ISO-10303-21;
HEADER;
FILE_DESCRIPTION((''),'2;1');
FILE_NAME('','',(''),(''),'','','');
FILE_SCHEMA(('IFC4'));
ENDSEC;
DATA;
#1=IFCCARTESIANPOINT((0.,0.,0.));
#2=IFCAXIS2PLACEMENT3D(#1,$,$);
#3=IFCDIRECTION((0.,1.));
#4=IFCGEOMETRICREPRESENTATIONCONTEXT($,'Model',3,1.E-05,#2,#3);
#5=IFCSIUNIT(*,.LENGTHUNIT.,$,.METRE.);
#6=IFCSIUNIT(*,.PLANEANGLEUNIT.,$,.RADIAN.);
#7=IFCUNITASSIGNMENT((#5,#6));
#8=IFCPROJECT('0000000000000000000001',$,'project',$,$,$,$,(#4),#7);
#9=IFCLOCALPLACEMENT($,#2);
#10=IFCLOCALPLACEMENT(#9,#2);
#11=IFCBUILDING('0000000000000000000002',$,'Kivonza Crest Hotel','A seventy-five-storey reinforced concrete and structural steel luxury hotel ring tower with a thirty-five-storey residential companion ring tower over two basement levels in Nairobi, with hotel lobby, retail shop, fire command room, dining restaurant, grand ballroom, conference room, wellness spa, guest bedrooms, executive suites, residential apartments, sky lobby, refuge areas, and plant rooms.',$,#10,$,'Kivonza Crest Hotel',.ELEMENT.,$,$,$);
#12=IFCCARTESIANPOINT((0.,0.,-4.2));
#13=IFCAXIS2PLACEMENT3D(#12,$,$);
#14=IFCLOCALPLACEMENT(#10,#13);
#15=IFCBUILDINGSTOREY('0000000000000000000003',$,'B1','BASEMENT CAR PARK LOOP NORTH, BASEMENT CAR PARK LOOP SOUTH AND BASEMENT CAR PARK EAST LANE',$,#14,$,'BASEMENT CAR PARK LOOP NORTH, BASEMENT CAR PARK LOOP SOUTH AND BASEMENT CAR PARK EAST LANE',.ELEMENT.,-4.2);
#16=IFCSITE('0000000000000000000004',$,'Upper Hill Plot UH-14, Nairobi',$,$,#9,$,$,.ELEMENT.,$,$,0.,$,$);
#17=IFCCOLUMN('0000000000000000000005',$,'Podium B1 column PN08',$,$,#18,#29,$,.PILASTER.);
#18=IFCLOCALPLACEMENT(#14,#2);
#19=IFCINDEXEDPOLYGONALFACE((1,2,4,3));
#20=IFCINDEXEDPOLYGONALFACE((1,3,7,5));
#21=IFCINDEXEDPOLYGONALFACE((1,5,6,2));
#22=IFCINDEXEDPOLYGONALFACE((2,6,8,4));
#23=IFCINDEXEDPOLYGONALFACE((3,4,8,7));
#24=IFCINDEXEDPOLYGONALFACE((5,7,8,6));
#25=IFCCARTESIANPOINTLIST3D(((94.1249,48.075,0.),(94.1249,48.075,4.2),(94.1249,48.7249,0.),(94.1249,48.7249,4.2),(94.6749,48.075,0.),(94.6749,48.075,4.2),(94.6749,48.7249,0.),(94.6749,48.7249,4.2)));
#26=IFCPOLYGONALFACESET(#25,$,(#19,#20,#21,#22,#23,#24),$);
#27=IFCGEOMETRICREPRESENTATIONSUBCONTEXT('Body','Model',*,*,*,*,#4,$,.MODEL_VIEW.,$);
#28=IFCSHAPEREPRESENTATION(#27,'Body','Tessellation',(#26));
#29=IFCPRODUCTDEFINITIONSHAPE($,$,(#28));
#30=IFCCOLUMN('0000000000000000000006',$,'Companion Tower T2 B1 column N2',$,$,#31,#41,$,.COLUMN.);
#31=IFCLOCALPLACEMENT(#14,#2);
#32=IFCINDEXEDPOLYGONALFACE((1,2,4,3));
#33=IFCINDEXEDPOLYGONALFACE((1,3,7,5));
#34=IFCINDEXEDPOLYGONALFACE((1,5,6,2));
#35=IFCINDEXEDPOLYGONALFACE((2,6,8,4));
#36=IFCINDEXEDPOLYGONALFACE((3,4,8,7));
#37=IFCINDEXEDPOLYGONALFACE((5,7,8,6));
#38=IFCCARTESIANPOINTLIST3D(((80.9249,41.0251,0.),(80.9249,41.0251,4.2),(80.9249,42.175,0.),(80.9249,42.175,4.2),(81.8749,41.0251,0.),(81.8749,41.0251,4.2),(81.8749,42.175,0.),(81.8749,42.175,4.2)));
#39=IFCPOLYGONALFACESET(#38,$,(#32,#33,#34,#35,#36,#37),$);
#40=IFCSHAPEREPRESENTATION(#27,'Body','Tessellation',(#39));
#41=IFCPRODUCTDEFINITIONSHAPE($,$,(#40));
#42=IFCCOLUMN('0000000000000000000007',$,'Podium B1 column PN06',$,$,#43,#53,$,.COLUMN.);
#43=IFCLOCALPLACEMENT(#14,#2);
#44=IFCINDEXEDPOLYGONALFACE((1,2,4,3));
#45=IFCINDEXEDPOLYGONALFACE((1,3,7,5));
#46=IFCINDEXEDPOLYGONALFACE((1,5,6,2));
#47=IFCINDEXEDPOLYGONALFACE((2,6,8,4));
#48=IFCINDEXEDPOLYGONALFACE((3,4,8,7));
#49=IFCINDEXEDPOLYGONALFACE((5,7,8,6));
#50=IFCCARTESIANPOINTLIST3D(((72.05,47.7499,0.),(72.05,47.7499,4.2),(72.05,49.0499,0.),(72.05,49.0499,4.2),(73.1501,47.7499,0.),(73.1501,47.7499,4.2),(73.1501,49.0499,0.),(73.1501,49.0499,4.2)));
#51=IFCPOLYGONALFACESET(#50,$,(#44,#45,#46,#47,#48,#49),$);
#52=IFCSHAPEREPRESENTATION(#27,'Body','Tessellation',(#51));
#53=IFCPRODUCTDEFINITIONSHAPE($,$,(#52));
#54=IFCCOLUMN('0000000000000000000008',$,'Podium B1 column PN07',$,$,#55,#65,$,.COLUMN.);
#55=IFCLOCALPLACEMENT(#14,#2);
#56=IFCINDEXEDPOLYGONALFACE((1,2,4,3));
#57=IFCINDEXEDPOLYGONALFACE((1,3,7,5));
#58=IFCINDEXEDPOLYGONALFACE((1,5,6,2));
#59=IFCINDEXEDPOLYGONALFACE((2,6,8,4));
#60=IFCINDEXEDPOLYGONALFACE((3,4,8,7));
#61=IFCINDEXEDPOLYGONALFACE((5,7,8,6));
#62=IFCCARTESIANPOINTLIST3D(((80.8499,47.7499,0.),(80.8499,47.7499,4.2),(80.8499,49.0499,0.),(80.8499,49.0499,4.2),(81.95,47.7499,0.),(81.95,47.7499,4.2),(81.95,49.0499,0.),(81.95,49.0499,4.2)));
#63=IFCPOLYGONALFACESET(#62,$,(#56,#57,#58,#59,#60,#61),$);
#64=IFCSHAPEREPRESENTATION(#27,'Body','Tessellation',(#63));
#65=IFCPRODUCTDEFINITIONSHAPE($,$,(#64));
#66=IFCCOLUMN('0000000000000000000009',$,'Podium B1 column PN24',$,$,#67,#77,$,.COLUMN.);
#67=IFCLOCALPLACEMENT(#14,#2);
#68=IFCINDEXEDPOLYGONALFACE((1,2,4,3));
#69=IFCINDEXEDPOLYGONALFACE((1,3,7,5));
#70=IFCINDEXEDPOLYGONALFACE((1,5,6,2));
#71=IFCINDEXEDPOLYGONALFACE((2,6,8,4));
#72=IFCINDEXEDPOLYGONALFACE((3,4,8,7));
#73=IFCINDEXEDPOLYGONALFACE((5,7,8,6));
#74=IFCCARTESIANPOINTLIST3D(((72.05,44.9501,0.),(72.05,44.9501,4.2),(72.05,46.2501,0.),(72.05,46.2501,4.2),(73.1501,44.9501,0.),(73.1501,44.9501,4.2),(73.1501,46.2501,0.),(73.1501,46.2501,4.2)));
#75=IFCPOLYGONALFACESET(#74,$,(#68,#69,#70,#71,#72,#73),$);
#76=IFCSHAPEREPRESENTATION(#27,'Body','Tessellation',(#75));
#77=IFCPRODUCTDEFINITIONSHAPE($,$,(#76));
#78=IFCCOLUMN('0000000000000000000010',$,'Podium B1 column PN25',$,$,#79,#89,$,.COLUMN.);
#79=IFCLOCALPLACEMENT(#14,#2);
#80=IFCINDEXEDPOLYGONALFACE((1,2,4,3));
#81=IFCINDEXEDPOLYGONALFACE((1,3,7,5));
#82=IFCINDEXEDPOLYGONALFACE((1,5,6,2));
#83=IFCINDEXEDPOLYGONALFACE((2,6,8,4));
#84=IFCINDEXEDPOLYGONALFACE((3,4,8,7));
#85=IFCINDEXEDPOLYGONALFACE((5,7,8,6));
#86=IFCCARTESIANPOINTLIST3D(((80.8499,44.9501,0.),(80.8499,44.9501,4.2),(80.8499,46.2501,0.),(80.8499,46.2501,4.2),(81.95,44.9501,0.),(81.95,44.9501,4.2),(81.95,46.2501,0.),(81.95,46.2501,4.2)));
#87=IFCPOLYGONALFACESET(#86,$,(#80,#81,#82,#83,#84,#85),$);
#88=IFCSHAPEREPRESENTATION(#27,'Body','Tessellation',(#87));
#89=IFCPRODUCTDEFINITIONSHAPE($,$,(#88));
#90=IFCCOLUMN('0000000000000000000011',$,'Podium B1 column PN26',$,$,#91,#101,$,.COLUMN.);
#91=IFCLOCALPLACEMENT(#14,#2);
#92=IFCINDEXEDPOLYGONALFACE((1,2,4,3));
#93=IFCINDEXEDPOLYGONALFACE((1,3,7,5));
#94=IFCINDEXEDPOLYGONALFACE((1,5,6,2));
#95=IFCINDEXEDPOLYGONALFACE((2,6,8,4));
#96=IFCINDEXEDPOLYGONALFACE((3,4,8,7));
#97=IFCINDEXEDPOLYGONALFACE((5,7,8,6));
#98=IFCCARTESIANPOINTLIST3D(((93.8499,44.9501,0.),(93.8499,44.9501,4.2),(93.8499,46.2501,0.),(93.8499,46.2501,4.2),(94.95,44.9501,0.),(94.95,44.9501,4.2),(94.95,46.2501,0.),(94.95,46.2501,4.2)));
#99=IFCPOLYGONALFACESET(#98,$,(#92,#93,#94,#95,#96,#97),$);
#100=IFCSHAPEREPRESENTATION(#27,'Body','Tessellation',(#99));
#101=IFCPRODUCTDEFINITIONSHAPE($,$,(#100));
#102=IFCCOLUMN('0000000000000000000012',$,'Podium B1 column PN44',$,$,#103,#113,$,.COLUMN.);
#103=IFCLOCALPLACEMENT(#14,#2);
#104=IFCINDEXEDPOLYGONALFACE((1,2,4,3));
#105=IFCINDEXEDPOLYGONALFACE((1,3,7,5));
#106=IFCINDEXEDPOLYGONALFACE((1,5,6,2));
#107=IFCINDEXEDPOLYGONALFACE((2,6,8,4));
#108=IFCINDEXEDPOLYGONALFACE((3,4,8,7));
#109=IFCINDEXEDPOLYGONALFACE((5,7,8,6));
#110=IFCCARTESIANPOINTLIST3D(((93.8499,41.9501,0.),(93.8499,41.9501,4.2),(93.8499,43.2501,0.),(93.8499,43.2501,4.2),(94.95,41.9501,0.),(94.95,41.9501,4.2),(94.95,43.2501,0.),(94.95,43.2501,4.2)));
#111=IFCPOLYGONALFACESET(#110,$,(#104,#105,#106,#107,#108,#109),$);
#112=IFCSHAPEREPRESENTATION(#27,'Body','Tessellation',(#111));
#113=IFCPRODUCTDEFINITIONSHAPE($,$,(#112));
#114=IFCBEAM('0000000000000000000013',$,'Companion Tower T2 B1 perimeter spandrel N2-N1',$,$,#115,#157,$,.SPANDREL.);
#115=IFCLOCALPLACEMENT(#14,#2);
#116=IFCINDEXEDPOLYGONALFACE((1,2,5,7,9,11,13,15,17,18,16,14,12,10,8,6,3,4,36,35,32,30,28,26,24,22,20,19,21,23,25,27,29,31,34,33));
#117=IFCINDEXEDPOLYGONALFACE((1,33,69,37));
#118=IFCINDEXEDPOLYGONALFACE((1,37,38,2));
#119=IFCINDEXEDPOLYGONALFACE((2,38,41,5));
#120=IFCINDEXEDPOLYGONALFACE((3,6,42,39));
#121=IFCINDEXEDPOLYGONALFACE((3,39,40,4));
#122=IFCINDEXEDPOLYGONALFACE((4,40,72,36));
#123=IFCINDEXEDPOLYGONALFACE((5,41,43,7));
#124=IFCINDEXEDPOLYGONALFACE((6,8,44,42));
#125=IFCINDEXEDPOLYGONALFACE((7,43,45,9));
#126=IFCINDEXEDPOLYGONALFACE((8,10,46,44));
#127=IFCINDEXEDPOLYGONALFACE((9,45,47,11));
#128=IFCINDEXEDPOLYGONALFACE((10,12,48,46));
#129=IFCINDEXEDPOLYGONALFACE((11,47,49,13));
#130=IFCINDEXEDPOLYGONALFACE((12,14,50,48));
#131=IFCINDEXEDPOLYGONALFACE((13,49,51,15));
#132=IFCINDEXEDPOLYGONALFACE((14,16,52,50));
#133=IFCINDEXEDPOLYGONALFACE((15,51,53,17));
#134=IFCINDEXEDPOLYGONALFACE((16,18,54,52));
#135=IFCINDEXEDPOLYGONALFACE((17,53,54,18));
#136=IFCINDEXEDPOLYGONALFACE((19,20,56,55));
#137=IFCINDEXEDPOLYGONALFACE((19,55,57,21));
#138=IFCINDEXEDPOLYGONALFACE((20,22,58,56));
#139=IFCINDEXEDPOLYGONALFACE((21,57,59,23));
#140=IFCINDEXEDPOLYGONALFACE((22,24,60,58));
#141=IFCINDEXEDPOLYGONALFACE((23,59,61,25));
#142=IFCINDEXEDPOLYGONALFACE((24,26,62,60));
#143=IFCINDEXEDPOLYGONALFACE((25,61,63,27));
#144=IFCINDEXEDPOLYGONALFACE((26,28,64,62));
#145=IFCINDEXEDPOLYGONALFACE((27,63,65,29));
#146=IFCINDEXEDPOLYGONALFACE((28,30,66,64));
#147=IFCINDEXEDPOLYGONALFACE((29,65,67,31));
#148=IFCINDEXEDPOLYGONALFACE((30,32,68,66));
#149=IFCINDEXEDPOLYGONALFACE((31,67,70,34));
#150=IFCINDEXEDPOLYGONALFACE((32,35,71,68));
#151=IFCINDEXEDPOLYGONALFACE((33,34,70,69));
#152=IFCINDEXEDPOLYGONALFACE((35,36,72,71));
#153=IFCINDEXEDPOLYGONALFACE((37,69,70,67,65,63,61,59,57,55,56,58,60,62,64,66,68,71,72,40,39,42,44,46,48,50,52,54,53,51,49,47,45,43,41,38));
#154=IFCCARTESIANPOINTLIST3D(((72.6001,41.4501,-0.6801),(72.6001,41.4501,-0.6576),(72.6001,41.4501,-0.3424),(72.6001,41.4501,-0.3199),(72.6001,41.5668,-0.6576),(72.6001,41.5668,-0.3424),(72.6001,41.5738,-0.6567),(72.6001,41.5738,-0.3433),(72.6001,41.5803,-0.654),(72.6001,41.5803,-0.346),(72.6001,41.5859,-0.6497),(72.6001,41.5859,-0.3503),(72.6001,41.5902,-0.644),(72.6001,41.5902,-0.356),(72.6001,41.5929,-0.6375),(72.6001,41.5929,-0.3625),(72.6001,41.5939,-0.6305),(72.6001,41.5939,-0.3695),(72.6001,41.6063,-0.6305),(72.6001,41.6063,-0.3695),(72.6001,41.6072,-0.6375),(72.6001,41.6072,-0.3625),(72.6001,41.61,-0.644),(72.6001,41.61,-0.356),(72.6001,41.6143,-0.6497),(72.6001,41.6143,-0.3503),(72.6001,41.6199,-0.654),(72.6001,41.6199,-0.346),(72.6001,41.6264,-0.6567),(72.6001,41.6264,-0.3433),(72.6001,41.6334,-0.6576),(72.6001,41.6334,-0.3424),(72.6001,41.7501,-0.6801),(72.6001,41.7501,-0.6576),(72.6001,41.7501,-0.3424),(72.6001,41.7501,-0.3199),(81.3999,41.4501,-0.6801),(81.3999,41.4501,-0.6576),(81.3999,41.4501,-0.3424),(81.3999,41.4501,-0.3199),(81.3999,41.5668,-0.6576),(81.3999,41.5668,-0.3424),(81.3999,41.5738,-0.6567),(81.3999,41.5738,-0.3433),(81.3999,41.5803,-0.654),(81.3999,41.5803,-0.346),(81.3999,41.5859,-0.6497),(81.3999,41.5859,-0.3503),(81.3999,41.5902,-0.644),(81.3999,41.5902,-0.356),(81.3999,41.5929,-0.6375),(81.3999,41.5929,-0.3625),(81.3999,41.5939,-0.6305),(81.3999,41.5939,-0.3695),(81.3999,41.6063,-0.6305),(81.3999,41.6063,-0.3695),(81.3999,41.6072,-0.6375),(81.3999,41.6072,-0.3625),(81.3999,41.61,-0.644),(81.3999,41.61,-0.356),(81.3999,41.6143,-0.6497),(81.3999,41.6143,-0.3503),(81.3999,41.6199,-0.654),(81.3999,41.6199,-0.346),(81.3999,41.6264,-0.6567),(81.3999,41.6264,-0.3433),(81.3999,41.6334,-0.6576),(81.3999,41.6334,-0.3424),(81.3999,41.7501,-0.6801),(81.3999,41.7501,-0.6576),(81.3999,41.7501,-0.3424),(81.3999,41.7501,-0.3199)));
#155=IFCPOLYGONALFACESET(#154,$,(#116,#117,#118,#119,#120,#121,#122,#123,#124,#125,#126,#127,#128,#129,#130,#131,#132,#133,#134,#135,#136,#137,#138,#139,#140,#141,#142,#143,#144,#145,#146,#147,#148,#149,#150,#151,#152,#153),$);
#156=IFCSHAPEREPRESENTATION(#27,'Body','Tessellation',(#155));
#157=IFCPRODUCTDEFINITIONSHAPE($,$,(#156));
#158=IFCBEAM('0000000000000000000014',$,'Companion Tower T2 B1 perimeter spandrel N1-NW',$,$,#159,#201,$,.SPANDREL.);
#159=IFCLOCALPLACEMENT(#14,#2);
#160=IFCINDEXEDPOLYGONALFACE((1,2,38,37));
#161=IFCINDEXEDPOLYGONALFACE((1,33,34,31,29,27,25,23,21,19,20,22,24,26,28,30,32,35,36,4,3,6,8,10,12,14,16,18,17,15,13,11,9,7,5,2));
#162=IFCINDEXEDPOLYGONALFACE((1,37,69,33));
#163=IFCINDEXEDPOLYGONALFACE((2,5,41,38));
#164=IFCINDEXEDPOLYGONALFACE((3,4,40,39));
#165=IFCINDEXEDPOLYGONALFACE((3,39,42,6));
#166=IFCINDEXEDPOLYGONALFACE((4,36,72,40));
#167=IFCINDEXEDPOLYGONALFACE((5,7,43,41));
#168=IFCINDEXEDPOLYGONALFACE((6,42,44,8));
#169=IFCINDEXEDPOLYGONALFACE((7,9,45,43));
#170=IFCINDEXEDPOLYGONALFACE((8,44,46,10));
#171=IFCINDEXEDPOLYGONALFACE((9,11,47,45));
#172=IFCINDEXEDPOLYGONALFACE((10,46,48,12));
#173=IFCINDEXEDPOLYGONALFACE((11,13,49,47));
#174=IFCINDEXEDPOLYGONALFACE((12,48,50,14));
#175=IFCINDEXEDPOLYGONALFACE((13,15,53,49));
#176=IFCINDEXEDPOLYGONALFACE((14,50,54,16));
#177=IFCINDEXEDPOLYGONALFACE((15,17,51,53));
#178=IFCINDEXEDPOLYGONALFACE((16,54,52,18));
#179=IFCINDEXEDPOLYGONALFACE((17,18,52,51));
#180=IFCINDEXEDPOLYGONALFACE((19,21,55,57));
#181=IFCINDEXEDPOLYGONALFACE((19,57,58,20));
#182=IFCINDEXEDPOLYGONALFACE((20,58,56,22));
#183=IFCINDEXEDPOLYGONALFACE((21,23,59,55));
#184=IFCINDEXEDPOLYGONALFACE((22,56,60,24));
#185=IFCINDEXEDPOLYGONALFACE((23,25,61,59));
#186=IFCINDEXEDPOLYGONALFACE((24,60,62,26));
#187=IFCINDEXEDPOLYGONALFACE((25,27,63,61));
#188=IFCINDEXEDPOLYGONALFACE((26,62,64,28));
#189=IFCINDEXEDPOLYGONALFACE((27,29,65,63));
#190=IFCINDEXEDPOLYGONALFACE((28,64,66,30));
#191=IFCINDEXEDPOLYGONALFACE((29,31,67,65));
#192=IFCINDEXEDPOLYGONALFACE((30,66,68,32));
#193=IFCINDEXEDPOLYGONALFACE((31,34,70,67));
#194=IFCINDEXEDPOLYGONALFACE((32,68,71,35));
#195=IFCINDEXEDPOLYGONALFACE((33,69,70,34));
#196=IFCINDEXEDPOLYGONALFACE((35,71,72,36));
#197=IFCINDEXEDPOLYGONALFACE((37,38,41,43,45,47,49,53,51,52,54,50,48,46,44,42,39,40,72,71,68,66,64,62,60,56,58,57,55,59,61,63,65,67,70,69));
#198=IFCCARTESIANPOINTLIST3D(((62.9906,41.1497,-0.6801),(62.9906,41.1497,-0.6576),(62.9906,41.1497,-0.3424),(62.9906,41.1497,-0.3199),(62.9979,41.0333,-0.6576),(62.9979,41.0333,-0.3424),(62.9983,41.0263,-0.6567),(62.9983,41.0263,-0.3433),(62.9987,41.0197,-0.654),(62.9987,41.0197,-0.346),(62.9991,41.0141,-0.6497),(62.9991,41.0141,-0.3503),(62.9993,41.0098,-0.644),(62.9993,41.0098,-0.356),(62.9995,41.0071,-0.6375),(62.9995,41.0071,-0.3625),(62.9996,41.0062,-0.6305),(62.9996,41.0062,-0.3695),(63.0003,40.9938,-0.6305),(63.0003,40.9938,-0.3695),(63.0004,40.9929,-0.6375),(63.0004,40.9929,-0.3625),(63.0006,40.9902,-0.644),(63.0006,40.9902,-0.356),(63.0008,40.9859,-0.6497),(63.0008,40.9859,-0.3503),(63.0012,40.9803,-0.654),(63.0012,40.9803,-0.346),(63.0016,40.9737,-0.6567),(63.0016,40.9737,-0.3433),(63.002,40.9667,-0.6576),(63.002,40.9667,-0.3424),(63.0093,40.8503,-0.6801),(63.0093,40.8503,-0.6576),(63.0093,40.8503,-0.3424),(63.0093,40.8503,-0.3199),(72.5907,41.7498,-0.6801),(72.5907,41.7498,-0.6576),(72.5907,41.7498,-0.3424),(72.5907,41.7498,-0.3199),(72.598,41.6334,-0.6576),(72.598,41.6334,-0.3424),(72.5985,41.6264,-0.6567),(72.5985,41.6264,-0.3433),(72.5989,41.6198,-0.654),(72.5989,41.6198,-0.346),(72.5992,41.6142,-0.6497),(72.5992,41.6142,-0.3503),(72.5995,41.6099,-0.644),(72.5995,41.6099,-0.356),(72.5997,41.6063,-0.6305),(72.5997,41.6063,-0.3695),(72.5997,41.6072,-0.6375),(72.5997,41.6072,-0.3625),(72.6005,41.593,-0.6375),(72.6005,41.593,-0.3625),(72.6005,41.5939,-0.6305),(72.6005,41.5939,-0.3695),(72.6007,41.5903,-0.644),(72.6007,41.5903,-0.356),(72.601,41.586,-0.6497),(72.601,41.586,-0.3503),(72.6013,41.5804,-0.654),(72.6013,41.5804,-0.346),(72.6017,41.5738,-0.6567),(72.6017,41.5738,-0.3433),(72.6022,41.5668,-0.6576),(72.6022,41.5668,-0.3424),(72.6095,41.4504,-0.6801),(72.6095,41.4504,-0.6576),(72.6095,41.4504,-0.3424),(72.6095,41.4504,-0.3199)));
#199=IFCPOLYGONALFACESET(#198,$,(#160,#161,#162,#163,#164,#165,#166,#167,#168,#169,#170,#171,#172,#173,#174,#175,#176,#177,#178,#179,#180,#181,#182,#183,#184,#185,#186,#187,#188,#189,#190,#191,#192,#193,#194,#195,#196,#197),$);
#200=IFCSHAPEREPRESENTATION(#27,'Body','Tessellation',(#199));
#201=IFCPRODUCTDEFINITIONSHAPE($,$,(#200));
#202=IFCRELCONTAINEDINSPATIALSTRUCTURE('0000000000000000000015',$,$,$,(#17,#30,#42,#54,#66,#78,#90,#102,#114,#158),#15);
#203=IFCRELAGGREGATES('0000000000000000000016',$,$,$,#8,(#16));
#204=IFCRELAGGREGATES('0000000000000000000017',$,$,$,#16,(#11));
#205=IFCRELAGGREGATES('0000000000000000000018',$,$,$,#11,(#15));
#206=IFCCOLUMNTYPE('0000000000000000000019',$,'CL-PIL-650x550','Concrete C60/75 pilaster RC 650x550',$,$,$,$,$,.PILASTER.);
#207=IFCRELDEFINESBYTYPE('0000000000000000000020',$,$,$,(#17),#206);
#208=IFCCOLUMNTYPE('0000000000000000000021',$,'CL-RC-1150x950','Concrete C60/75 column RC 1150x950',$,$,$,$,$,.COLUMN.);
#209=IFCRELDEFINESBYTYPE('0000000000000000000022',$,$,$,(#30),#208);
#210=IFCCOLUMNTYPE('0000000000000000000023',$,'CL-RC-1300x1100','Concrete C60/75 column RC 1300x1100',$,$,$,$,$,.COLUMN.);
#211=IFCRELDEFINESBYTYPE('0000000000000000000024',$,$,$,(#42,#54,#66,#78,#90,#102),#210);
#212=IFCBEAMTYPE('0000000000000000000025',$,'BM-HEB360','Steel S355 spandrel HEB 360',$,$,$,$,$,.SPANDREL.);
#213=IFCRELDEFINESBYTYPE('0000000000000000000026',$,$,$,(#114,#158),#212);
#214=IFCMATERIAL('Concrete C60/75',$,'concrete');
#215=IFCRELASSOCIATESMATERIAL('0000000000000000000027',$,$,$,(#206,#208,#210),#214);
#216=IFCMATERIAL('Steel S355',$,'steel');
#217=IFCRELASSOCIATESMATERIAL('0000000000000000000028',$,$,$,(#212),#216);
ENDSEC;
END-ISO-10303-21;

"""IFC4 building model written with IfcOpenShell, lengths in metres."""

from ifc_helpers import new_model, si_unit, direction, frame, origin, origin_2d, place, context, subcontext, project, spatial, rectangle, i_section, extrude, material, material_profile, profile_set, type_object, element, save


model = new_model("IFC4")

# Units and contexts
model_context = context("Model", 3, precision=1e-05, world=origin(), true_north=direction((0.0, 1.0)))
body_context = subcontext(model_context, "Body", "Model", "MODEL_VIEW")
ifc_project = project(units=[si_unit("LENGTHUNIT", "METRE"), si_unit("PLANEANGLEUNIT", "RADIAN")], contexts=[model_context])

# Site, building, storey
site_placement = place(None, origin())
site = spatial("IfcSite", under=ifc_project, at=site_placement, Name="Upper Hill Plot UH-14, Nairobi", CompositionType="ELEMENT", RefElevation=0.0)
building_placement = place(site_placement, origin())
building = spatial("IfcBuilding", under=site, at=building_placement, Name="Kivonza Crest Hotel", Description="A seventy-five-storey reinforced concrete and structural steel luxury hotel ring tower with a thirty-five-storey residential companion ring tower over two basement levels in Nairobi, with hotel lobby, retail shop, fire command room, dining restaurant, grand ballroom, conference room, wellness spa, guest bedrooms, executive suites, residential apartments, sky lobby, refuge areas, and plant rooms.", LongName="Kivonza Crest Hotel", CompositionType="ELEMENT")
storey_placement = place(building_placement, frame((0.0, 0.0, -4.2)))
storey = spatial("IfcBuildingStorey", under=building, at=storey_placement, Name="B1", Description="BASEMENT CAR PARK LOOP NORTH, BASEMENT CAR PARK LOOP SOUTH AND BASEMENT CAR PARK EAST LANE", LongName="BASEMENT CAR PARK LOOP NORTH, BASEMENT CAR PARK LOOP SOUTH AND BASEMENT CAR PARK EAST LANE", CompositionType="ELEMENT", Elevation=-4.2)

# Columns
ifc_material_1 = material(Name="Concrete C60/75", Category="concrete")
ifc_material_profile_1 = material_profile(ifc_material_1, rectangle(XDim=0.55, YDim=0.6499, at=origin_2d()), Name="RC 650x550")
ifc_profile_set_1 = profile_set([ifc_material_profile_1], Name="Concrete C60/75")
column_type_1 = type_object("IfcColumnType", Name="CL-PIL-650x550", Description="Concrete C60/75 pilaster RC 650x550", PredefinedType="PILASTER", material=ifc_profile_set_1)
column_1_placement = place(storey_placement, frame((94.3999, 48.3999, 0.0), z_axis=(0.0, 0.0, 1.0), x_axis=(1.0, 0.0, 0.0)))
element("IfcColumn", 1, at=column_1_placement, inside=storey, type_object=column_type_1, Name="Podium B1 column PN08", PredefinedType="PILASTER", context=body_context, shape_type="SweptSolid", body=[
    extrude(rectangle(XDim=0.55, YDim=0.6499, at=origin_2d()), origin(), (0.0, 0.0, 1.0), 4.2),
])
ifc_material_profile_2 = material_profile(ifc_material_1, rectangle(XDim=0.95, YDim=1.1499, at=origin_2d()), Name="RC 1150x950")
ifc_profile_set_2 = profile_set([ifc_material_profile_2], Name="Concrete C60/75")
column_type_2 = type_object("IfcColumnType", Name="CL-RC-1150x950", Description="Concrete C60/75 column RC 1150x950", PredefinedType="COLUMN", material=ifc_profile_set_2)
column_2_placement = place(storey_placement, frame((81.3999, 41.6001, 0.0), z_axis=(0.0, 0.0, 1.0), x_axis=(1.0, 0.0, 0.0)))
element("IfcColumn", 2, at=column_2_placement, inside=storey, type_object=column_type_2, Name="Companion Tower T2 B1 column N2", PredefinedType="COLUMN", context=body_context, shape_type="SweptSolid", body=[
    extrude(rectangle(XDim=0.95, YDim=1.1499, at=origin_2d()), origin(), (0.0, 0.0, 1.0), 4.2),
])
ifc_material_profile_3 = material_profile(ifc_material_1, rectangle(XDim=1.1001, YDim=1.3, at=origin_2d()), Name="RC 1300x1100")
ifc_profile_set_3 = profile_set([ifc_material_profile_3], Name="Concrete C60/75")
column_type_3 = type_object("IfcColumnType", Name="CL-RC-1300x1100", Description="Concrete C60/75 column RC 1300x1100", PredefinedType="COLUMN", material=ifc_profile_set_3)
for number, where, z_axis, x_axis, name in (
    (3, (72.6001, 48.3999, 0.0), (0.0, 0.0, 1.0), (1.0, 0.0, 0.0), "Podium B1 column PN06"),
    (4, (81.3999, 48.3999, 0.0), (0.0, 0.0, 1.0), (1.0, 0.0, 0.0), "Podium B1 column PN07"),
    (5, (72.6001, 45.6001, 0.0), (0.0, 0.0, 1.0), (1.0, 0.0, 0.0), "Podium B1 column PN24"),
    (6, (81.3999, 45.6001, 0.0), (0.0, 0.0, 1.0), (1.0, 0.0, 0.0), "Podium B1 column PN25"),
    (7, (94.3999, 45.6001, 0.0), (0.0, 0.0, 1.0), (1.0, 0.0, 0.0), "Podium B1 column PN26"),
    (8, (94.3999, 42.6001, 0.0), (0.0, 0.0, 1.0), (1.0, 0.0, 0.0), "Podium B1 column PN44"),
):
    element("IfcColumn", number, at=place(storey_placement, frame(where, z_axis=z_axis, x_axis=x_axis)), inside=storey, type_object=column_type_3, Name=name, PredefinedType="COLUMN", context=body_context, shape_type="SweptSolid", body=[
        extrude(rectangle(XDim=1.1001, YDim=1.3, at=origin_2d()), origin(), (0.0, 0.0, 1.0), 4.2),
    ])

# Beams
ifc_material_2 = material(Name="Steel S355", Category="steel")
ifc_material_profile_4 = material_profile(ifc_material_2, i_section(OverallWidth=0.3, OverallDepth=0.3601, WebThickness=0.0125, FlangeThickness=0.0225, FilletRadius=0.0271, at=origin_2d()), Name="HEB 360")
ifc_profile_set_4 = profile_set([ifc_material_profile_4], Name="Steel S355")
beam_type_1 = type_object("IfcBeamType", Name="BM-HEB360", Description="Steel S355 spandrel HEB 360", PredefinedType="SPANDREL", material=ifc_profile_set_4)
beam_1_placement = place(storey_placement, frame((81.3999, 41.6001, -0.5), z_axis=(-1.0, 0.0, 0.0), x_axis=(0.0, -1.0, 0.0)))
element("IfcBeam", 9, at=beam_1_placement, inside=storey, type_object=beam_type_1, Name="Companion Tower T2 B1 perimeter spandrel N2-N1", PredefinedType="SPANDREL", context=body_context, shape_type="SweptSolid", body=[
    extrude(i_section(OverallWidth=0.3, OverallDepth=0.3601, WebThickness=0.0125, FlangeThickness=0.0225, FilletRadius=0.0271, at=origin_2d()), origin(), (0.0, 0.0, 1.0), 8.7998),
])
beam_2_placement = place(storey_placement, frame((72.6001, 41.6001, -0.5), z_axis=(-0.998052, -0.062388, 0.0), x_axis=(0.062388, -0.998052, 0.0)))
element("IfcBeam", 10, at=beam_2_placement, inside=storey, type_object=beam_type_1, Name="Companion Tower T2 B1 perimeter spandrel N1-NW", PredefinedType="SPANDREL", context=body_context, shape_type="SweptSolid", body=[
    extrude(i_section(OverallWidth=0.3, OverallDepth=0.3601, WebThickness=0.0125, FlangeThickness=0.0225, FilletRadius=0.0271, at=origin_2d()), origin(), (0.0, 0.0, 1.0), 9.6189),
])

save(model, "model.ifc")
